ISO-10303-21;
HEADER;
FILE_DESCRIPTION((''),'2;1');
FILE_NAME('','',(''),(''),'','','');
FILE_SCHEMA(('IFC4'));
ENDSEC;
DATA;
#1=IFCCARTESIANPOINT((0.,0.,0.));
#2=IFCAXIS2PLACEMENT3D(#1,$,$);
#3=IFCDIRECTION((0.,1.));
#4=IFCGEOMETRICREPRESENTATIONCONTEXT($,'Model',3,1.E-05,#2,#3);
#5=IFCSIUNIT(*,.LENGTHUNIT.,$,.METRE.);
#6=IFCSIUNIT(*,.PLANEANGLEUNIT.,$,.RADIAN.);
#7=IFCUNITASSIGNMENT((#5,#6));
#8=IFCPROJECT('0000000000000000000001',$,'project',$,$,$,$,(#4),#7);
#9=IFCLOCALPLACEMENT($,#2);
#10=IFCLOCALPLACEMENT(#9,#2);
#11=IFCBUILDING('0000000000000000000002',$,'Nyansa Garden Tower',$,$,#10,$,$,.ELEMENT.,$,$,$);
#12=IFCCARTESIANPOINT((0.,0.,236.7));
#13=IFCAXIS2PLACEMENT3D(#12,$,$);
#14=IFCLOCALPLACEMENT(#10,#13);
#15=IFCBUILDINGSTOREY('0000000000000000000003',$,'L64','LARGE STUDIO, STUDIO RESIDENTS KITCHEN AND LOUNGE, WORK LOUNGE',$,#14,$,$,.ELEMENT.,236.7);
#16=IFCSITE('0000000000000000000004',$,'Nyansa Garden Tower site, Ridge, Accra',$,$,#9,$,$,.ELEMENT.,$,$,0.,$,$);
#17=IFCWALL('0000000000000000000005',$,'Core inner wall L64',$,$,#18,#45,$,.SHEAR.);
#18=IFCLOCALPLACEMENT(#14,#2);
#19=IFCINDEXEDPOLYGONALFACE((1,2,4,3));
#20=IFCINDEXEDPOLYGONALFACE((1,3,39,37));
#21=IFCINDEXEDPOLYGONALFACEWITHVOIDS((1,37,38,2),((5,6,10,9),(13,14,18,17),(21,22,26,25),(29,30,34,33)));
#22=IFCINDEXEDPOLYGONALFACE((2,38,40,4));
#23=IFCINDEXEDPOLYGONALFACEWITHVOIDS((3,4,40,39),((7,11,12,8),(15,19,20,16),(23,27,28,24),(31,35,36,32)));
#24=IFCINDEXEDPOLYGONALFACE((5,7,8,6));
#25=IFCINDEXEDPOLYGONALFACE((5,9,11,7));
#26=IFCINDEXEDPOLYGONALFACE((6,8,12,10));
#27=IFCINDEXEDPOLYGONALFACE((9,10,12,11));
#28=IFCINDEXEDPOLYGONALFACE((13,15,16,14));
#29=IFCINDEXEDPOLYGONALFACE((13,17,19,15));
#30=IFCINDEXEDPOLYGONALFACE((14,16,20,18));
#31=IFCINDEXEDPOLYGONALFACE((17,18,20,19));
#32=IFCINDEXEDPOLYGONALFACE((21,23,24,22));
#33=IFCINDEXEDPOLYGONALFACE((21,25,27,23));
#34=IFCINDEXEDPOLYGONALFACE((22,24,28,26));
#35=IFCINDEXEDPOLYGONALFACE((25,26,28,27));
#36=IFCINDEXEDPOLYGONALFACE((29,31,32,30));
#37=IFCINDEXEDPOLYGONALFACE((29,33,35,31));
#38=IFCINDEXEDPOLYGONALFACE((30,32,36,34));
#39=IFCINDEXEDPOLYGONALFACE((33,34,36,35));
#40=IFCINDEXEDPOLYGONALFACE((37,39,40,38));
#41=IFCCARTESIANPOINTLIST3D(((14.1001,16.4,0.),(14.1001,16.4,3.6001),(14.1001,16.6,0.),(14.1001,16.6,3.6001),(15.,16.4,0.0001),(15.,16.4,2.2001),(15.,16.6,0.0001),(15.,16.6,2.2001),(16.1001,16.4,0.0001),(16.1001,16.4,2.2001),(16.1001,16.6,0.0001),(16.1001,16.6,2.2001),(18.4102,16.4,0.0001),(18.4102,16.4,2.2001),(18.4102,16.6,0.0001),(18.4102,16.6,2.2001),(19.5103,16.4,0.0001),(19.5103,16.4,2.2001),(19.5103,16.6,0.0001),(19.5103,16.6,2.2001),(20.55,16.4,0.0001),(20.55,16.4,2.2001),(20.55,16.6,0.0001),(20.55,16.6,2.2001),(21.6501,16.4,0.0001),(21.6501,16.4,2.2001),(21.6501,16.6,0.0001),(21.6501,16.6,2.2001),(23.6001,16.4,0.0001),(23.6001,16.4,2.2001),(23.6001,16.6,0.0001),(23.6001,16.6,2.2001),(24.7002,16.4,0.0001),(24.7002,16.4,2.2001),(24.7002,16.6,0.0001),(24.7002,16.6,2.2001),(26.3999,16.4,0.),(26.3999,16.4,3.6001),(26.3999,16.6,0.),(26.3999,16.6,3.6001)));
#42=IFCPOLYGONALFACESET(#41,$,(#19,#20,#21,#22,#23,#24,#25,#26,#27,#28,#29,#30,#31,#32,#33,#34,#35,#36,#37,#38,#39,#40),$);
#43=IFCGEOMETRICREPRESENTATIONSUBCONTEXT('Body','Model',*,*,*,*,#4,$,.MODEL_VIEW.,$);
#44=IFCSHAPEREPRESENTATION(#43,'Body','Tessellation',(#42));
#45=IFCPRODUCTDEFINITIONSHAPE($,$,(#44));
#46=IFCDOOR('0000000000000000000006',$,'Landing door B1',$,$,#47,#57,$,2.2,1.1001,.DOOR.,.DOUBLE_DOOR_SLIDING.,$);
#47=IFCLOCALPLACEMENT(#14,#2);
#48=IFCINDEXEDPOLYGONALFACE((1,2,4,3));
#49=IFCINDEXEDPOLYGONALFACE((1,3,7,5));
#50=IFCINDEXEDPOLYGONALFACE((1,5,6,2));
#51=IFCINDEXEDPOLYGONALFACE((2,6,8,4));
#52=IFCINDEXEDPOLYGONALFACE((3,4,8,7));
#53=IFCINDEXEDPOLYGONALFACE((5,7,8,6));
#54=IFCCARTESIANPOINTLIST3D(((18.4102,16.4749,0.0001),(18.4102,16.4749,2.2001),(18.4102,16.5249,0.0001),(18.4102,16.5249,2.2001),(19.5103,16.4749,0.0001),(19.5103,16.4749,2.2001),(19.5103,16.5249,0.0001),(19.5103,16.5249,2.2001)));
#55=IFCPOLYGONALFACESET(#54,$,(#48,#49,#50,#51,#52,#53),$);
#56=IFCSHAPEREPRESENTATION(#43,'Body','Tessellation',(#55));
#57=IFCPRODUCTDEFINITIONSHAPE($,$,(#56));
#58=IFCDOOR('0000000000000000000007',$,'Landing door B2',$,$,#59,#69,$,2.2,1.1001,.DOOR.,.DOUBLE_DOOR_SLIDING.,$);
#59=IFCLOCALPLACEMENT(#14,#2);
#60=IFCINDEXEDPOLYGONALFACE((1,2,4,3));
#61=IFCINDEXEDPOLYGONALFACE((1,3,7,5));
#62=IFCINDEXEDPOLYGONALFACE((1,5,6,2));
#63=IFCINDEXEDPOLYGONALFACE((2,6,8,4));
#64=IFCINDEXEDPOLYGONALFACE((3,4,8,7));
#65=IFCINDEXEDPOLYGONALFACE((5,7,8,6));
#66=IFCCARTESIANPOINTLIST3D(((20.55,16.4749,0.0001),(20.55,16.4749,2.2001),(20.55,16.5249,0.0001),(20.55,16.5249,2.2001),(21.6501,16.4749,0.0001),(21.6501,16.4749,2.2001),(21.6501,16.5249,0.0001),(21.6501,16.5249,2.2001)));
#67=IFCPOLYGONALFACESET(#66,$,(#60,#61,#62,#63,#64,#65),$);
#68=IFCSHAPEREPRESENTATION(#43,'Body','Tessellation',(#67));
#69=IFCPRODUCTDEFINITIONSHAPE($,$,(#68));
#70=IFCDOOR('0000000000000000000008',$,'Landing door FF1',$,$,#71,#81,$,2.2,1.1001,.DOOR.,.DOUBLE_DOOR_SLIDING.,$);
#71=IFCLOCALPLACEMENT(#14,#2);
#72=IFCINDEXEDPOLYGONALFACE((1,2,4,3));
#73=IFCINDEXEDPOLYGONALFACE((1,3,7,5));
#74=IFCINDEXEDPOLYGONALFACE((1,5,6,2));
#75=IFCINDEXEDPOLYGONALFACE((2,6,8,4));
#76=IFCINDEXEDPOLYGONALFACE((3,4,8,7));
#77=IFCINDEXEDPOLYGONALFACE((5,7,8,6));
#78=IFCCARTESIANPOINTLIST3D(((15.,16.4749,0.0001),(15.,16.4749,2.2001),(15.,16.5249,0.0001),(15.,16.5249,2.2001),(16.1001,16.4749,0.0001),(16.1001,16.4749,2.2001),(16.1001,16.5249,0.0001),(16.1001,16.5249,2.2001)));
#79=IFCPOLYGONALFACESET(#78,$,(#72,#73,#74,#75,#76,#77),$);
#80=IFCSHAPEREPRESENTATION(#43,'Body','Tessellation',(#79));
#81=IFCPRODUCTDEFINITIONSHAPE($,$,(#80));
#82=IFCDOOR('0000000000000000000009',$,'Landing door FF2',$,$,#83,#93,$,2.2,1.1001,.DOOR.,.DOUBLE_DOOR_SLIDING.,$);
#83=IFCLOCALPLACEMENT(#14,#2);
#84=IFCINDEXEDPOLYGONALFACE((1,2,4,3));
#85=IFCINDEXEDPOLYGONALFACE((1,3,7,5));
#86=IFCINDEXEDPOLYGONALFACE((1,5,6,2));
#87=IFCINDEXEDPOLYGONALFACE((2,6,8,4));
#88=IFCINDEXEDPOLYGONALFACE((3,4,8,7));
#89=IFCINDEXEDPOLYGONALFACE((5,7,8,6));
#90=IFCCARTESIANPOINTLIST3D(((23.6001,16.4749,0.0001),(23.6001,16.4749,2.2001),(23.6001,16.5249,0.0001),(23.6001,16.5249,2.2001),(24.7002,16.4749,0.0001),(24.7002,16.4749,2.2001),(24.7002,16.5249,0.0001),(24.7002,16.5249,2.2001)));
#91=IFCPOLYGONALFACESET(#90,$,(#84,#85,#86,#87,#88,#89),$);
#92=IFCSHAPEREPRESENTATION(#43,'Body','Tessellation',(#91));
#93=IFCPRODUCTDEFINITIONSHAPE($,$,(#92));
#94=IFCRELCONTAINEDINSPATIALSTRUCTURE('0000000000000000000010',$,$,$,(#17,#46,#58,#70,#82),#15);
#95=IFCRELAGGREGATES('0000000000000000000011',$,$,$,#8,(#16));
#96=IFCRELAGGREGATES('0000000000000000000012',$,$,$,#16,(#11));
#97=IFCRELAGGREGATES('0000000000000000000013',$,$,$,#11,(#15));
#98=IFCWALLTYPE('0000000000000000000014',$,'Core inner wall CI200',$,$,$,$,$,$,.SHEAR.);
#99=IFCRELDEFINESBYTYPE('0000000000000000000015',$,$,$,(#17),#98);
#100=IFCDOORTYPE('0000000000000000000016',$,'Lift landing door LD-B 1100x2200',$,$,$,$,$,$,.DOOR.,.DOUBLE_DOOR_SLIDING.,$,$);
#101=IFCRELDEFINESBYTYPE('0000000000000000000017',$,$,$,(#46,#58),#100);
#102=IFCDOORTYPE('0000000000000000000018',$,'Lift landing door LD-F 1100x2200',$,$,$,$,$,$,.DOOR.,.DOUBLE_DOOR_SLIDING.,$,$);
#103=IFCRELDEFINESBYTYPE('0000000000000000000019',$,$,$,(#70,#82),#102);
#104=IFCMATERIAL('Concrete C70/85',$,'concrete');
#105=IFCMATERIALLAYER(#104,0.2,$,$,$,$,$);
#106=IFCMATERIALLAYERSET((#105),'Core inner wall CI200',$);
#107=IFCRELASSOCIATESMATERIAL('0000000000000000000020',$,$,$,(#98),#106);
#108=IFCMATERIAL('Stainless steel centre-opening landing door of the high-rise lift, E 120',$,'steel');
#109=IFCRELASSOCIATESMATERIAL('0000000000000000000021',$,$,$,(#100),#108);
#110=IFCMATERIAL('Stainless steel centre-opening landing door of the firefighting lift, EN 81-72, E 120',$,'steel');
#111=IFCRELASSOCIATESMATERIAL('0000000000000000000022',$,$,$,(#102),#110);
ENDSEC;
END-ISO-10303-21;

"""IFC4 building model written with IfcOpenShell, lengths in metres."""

from ifc_helpers import new_model, si_unit, direction, frame, frame_2d, origin, place, context, subcontext, project, spatial, rectangle, extrude, material, layer, layer_set, type_object, element, fill, save


model = new_model("IFC4")

# Units and contexts
model_context = context("Model", 3, precision=1e-05, world=origin(), true_north=direction((0.0, 1.0)))
body_context = subcontext(model_context, "Body", "Model", "MODEL_VIEW")
ifc_project = project(units=[si_unit("LENGTHUNIT", "METRE"), si_unit("PLANEANGLEUNIT", "RADIAN")], contexts=[model_context])

# Site, building, storey
site_placement = place(None, origin())
site = spatial("IfcSite", under=ifc_project, at=site_placement, Name="Nyansa Garden Tower site, Ridge, Accra", CompositionType="ELEMENT", RefElevation=0.0)
building_placement = place(site_placement, origin())
building = spatial("IfcBuilding", under=site, at=building_placement, Name="Nyansa Garden Tower", CompositionType="ELEMENT")
storey_placement = place(building_placement, frame((0.0, 0.0, 236.7)))
storey = spatial("IfcBuildingStorey", under=building, at=storey_placement, Name="L64", Description="LARGE STUDIO, STUDIO RESIDENTS KITCHEN AND LOUNGE, WORK LOUNGE", CompositionType="ELEMENT", Elevation=236.7)

# Wall, openings, doors
ifc_material_1 = material(Name="Concrete C70/85", Category="concrete")
ifc_layer_1 = layer(ifc_material_1, 0.2)
ifc_layer_set_1 = layer_set([ifc_layer_1], Name="Core inner wall CI200")
wall_type_1 = type_object("IfcWallType", Name="Core inner wall CI200", PredefinedType="SHEAR", material=ifc_layer_set_1)
wall_1_placement = place(storey_placement, frame((14.1001, 16.5, 0.0), z_axis=(0.0, 0.0, 1.0), x_axis=(1.0, 0.0, 0.0)))
wall_1 = element("IfcWall", 1, at=wall_1_placement, inside=storey, type_object=wall_type_1, Name="Core inner wall L64", PredefinedType="SHEAR", context=body_context, shape_type="SweptSolid", body=[
    extrude(rectangle(XDim=12.2998, YDim=0.2, at=frame_2d((6.1499, 0.0))), origin(), (0.0, 0.0, 1.0), 3.6001),
])
opening_1_placement = place(wall_1_placement, frame((0.8999, 0.0, 0.0)))
opening_1 = element("IfcOpeningElement", 2, at=opening_1_placement, cuts=wall_1, PredefinedType="OPENING", context=body_context, shape_type="SweptSolid", body=[
    extrude(rectangle(XDim=1.1001, YDim=2.2, at=frame_2d((0.55, 1.1001))), frame((0.0, 0.1099, 0.0), z_axis=(0.0, -1.0, 0.0), x_axis=(1.0, 0.0, 0.0)), (0.0, 0.0, 1.0), 0.22),
])
opening_2_placement = place(wall_1_placement, frame((4.3101, 0.0, 0.0)))
opening_2 = element("IfcOpeningElement", 3, at=opening_2_placement, cuts=wall_1, PredefinedType="OPENING", context=body_context, shape_type="SweptSolid", body=[
    extrude(rectangle(XDim=1.1001, YDim=2.2, at=frame_2d((0.55, 1.1001))), frame((0.0, 0.1099, 0.0), z_axis=(0.0, -1.0, 0.0), x_axis=(1.0, 0.0, 0.0)), (0.0, 0.0, 1.0), 0.22),
])
opening_3_placement = place(wall_1_placement, frame((6.45, 0.0, 0.0)))
opening_3 = element("IfcOpeningElement", 4, at=opening_3_placement, cuts=wall_1, PredefinedType="OPENING", context=body_context, shape_type="SweptSolid", body=[
    extrude(rectangle(XDim=1.1001, YDim=2.2, at=frame_2d((0.55, 1.1001))), frame((0.0, 0.1099, 0.0), z_axis=(0.0, -1.0, 0.0), x_axis=(1.0, 0.0, 0.0)), (0.0, 0.0, 1.0), 0.22),
])
opening_4_placement = place(wall_1_placement, frame((9.5, 0.0, 0.0)))
opening_4 = element("IfcOpeningElement", 5, at=opening_4_placement, cuts=wall_1, PredefinedType="OPENING", context=body_context, shape_type="SweptSolid", body=[
    extrude(rectangle(XDim=1.1001, YDim=2.2, at=frame_2d((0.55, 1.1001))), frame((0.0, 0.1099, 0.0), z_axis=(0.0, -1.0, 0.0), x_axis=(1.0, 0.0, 0.0)), (0.0, 0.0, 1.0), 0.22),
])
ifc_material_2 = material(Name="Stainless steel centre-opening landing door of the high-rise lift, E 120", Category="steel")
door_type_1 = type_object("IfcDoorType", Name="Lift landing door LD-B 1100x2200", OperationType="DOUBLE_DOOR_SLIDING", PredefinedType="DOOR", material=ifc_material_2)
door_1_placement = place(opening_2_placement, origin())
door_1 = element("IfcDoor", 6, at=door_1_placement, inside=storey, type_object=door_type_1, Name="Landing door B1", OperationType="DOUBLE_DOOR_SLIDING", OverallHeight=2.2, OverallWidth=1.1001, PredefinedType="DOOR", context=body_context, shape_type="SweptSolid", body=[
    extrude(rectangle(XDim=1.1001, YDim=2.2, at=frame_2d((0.55, 1.1001))), frame((0.0, 0.0249, 0.0), z_axis=(0.0, -1.0, 0.0), x_axis=(1.0, 0.0, 0.0)), (0.0, 0.0, 1.0), 0.05),
])
fill(opening_2, door_1)
door_2_placement = place(opening_3_placement, origin())
door_2 = element("IfcDoor", 7, at=door_2_placement, inside=storey, type_object=door_type_1, Name="Landing door B2", OperationType="DOUBLE_DOOR_SLIDING", OverallHeight=2.2, OverallWidth=1.1001, PredefinedType="DOOR", context=body_context, shape_type="SweptSolid", body=[
    extrude(rectangle(XDim=1.1001, YDim=2.2, at=frame_2d((0.55, 1.1001))), frame((0.0, 0.0249, 0.0), z_axis=(0.0, -1.0, 0.0), x_axis=(1.0, 0.0, 0.0)), (0.0, 0.0, 1.0), 0.05),
])
fill(opening_3, door_2)
ifc_material_3 = material(Name="Stainless steel centre-opening landing door of the firefighting lift, EN 81-72, E 120", Category="steel")
door_type_2 = type_object("IfcDoorType", Name="Lift landing door LD-F 1100x2200", OperationType="DOUBLE_DOOR_SLIDING", PredefinedType="DOOR", material=ifc_material_3)
door_3_placement = place(opening_1_placement, origin())
door_3 = element("IfcDoor", 8, at=door_3_placement, inside=storey, type_object=door_type_2, Name="Landing door FF1", OperationType="DOUBLE_DOOR_SLIDING", OverallHeight=2.2, OverallWidth=1.1001, PredefinedType="DOOR", context=body_context, shape_type="SweptSolid", body=[
    extrude(rectangle(XDim=1.1001, YDim=2.2, at=frame_2d((0.55, 1.1001))), frame((0.0, 0.0249, 0.0), z_axis=(0.0, -1.0, 0.0), x_axis=(1.0, 0.0, 0.0)), (0.0, 0.0, 1.0), 0.05),
])
fill(opening_1, door_3)
door_4_placement = place(opening_4_placement, origin())
door_4 = element("IfcDoor", 9, at=door_4_placement, inside=storey, type_object=door_type_2, Name="Landing door FF2", OperationType="DOUBLE_DOOR_SLIDING", OverallHeight=2.2, OverallWidth=1.1001, PredefinedType="DOOR", context=body_context, shape_type="SweptSolid", body=[
    extrude(rectangle(XDim=1.1001, YDim=2.2, at=frame_2d((0.55, 1.1001))), frame((0.0, 0.0249, 0.0), z_axis=(0.0, -1.0, 0.0), x_axis=(1.0, 0.0, 0.0)), (0.0, 0.0, 1.0), 0.05),
])
fill(opening_4, door_4)

save(model, "model.ifc")
